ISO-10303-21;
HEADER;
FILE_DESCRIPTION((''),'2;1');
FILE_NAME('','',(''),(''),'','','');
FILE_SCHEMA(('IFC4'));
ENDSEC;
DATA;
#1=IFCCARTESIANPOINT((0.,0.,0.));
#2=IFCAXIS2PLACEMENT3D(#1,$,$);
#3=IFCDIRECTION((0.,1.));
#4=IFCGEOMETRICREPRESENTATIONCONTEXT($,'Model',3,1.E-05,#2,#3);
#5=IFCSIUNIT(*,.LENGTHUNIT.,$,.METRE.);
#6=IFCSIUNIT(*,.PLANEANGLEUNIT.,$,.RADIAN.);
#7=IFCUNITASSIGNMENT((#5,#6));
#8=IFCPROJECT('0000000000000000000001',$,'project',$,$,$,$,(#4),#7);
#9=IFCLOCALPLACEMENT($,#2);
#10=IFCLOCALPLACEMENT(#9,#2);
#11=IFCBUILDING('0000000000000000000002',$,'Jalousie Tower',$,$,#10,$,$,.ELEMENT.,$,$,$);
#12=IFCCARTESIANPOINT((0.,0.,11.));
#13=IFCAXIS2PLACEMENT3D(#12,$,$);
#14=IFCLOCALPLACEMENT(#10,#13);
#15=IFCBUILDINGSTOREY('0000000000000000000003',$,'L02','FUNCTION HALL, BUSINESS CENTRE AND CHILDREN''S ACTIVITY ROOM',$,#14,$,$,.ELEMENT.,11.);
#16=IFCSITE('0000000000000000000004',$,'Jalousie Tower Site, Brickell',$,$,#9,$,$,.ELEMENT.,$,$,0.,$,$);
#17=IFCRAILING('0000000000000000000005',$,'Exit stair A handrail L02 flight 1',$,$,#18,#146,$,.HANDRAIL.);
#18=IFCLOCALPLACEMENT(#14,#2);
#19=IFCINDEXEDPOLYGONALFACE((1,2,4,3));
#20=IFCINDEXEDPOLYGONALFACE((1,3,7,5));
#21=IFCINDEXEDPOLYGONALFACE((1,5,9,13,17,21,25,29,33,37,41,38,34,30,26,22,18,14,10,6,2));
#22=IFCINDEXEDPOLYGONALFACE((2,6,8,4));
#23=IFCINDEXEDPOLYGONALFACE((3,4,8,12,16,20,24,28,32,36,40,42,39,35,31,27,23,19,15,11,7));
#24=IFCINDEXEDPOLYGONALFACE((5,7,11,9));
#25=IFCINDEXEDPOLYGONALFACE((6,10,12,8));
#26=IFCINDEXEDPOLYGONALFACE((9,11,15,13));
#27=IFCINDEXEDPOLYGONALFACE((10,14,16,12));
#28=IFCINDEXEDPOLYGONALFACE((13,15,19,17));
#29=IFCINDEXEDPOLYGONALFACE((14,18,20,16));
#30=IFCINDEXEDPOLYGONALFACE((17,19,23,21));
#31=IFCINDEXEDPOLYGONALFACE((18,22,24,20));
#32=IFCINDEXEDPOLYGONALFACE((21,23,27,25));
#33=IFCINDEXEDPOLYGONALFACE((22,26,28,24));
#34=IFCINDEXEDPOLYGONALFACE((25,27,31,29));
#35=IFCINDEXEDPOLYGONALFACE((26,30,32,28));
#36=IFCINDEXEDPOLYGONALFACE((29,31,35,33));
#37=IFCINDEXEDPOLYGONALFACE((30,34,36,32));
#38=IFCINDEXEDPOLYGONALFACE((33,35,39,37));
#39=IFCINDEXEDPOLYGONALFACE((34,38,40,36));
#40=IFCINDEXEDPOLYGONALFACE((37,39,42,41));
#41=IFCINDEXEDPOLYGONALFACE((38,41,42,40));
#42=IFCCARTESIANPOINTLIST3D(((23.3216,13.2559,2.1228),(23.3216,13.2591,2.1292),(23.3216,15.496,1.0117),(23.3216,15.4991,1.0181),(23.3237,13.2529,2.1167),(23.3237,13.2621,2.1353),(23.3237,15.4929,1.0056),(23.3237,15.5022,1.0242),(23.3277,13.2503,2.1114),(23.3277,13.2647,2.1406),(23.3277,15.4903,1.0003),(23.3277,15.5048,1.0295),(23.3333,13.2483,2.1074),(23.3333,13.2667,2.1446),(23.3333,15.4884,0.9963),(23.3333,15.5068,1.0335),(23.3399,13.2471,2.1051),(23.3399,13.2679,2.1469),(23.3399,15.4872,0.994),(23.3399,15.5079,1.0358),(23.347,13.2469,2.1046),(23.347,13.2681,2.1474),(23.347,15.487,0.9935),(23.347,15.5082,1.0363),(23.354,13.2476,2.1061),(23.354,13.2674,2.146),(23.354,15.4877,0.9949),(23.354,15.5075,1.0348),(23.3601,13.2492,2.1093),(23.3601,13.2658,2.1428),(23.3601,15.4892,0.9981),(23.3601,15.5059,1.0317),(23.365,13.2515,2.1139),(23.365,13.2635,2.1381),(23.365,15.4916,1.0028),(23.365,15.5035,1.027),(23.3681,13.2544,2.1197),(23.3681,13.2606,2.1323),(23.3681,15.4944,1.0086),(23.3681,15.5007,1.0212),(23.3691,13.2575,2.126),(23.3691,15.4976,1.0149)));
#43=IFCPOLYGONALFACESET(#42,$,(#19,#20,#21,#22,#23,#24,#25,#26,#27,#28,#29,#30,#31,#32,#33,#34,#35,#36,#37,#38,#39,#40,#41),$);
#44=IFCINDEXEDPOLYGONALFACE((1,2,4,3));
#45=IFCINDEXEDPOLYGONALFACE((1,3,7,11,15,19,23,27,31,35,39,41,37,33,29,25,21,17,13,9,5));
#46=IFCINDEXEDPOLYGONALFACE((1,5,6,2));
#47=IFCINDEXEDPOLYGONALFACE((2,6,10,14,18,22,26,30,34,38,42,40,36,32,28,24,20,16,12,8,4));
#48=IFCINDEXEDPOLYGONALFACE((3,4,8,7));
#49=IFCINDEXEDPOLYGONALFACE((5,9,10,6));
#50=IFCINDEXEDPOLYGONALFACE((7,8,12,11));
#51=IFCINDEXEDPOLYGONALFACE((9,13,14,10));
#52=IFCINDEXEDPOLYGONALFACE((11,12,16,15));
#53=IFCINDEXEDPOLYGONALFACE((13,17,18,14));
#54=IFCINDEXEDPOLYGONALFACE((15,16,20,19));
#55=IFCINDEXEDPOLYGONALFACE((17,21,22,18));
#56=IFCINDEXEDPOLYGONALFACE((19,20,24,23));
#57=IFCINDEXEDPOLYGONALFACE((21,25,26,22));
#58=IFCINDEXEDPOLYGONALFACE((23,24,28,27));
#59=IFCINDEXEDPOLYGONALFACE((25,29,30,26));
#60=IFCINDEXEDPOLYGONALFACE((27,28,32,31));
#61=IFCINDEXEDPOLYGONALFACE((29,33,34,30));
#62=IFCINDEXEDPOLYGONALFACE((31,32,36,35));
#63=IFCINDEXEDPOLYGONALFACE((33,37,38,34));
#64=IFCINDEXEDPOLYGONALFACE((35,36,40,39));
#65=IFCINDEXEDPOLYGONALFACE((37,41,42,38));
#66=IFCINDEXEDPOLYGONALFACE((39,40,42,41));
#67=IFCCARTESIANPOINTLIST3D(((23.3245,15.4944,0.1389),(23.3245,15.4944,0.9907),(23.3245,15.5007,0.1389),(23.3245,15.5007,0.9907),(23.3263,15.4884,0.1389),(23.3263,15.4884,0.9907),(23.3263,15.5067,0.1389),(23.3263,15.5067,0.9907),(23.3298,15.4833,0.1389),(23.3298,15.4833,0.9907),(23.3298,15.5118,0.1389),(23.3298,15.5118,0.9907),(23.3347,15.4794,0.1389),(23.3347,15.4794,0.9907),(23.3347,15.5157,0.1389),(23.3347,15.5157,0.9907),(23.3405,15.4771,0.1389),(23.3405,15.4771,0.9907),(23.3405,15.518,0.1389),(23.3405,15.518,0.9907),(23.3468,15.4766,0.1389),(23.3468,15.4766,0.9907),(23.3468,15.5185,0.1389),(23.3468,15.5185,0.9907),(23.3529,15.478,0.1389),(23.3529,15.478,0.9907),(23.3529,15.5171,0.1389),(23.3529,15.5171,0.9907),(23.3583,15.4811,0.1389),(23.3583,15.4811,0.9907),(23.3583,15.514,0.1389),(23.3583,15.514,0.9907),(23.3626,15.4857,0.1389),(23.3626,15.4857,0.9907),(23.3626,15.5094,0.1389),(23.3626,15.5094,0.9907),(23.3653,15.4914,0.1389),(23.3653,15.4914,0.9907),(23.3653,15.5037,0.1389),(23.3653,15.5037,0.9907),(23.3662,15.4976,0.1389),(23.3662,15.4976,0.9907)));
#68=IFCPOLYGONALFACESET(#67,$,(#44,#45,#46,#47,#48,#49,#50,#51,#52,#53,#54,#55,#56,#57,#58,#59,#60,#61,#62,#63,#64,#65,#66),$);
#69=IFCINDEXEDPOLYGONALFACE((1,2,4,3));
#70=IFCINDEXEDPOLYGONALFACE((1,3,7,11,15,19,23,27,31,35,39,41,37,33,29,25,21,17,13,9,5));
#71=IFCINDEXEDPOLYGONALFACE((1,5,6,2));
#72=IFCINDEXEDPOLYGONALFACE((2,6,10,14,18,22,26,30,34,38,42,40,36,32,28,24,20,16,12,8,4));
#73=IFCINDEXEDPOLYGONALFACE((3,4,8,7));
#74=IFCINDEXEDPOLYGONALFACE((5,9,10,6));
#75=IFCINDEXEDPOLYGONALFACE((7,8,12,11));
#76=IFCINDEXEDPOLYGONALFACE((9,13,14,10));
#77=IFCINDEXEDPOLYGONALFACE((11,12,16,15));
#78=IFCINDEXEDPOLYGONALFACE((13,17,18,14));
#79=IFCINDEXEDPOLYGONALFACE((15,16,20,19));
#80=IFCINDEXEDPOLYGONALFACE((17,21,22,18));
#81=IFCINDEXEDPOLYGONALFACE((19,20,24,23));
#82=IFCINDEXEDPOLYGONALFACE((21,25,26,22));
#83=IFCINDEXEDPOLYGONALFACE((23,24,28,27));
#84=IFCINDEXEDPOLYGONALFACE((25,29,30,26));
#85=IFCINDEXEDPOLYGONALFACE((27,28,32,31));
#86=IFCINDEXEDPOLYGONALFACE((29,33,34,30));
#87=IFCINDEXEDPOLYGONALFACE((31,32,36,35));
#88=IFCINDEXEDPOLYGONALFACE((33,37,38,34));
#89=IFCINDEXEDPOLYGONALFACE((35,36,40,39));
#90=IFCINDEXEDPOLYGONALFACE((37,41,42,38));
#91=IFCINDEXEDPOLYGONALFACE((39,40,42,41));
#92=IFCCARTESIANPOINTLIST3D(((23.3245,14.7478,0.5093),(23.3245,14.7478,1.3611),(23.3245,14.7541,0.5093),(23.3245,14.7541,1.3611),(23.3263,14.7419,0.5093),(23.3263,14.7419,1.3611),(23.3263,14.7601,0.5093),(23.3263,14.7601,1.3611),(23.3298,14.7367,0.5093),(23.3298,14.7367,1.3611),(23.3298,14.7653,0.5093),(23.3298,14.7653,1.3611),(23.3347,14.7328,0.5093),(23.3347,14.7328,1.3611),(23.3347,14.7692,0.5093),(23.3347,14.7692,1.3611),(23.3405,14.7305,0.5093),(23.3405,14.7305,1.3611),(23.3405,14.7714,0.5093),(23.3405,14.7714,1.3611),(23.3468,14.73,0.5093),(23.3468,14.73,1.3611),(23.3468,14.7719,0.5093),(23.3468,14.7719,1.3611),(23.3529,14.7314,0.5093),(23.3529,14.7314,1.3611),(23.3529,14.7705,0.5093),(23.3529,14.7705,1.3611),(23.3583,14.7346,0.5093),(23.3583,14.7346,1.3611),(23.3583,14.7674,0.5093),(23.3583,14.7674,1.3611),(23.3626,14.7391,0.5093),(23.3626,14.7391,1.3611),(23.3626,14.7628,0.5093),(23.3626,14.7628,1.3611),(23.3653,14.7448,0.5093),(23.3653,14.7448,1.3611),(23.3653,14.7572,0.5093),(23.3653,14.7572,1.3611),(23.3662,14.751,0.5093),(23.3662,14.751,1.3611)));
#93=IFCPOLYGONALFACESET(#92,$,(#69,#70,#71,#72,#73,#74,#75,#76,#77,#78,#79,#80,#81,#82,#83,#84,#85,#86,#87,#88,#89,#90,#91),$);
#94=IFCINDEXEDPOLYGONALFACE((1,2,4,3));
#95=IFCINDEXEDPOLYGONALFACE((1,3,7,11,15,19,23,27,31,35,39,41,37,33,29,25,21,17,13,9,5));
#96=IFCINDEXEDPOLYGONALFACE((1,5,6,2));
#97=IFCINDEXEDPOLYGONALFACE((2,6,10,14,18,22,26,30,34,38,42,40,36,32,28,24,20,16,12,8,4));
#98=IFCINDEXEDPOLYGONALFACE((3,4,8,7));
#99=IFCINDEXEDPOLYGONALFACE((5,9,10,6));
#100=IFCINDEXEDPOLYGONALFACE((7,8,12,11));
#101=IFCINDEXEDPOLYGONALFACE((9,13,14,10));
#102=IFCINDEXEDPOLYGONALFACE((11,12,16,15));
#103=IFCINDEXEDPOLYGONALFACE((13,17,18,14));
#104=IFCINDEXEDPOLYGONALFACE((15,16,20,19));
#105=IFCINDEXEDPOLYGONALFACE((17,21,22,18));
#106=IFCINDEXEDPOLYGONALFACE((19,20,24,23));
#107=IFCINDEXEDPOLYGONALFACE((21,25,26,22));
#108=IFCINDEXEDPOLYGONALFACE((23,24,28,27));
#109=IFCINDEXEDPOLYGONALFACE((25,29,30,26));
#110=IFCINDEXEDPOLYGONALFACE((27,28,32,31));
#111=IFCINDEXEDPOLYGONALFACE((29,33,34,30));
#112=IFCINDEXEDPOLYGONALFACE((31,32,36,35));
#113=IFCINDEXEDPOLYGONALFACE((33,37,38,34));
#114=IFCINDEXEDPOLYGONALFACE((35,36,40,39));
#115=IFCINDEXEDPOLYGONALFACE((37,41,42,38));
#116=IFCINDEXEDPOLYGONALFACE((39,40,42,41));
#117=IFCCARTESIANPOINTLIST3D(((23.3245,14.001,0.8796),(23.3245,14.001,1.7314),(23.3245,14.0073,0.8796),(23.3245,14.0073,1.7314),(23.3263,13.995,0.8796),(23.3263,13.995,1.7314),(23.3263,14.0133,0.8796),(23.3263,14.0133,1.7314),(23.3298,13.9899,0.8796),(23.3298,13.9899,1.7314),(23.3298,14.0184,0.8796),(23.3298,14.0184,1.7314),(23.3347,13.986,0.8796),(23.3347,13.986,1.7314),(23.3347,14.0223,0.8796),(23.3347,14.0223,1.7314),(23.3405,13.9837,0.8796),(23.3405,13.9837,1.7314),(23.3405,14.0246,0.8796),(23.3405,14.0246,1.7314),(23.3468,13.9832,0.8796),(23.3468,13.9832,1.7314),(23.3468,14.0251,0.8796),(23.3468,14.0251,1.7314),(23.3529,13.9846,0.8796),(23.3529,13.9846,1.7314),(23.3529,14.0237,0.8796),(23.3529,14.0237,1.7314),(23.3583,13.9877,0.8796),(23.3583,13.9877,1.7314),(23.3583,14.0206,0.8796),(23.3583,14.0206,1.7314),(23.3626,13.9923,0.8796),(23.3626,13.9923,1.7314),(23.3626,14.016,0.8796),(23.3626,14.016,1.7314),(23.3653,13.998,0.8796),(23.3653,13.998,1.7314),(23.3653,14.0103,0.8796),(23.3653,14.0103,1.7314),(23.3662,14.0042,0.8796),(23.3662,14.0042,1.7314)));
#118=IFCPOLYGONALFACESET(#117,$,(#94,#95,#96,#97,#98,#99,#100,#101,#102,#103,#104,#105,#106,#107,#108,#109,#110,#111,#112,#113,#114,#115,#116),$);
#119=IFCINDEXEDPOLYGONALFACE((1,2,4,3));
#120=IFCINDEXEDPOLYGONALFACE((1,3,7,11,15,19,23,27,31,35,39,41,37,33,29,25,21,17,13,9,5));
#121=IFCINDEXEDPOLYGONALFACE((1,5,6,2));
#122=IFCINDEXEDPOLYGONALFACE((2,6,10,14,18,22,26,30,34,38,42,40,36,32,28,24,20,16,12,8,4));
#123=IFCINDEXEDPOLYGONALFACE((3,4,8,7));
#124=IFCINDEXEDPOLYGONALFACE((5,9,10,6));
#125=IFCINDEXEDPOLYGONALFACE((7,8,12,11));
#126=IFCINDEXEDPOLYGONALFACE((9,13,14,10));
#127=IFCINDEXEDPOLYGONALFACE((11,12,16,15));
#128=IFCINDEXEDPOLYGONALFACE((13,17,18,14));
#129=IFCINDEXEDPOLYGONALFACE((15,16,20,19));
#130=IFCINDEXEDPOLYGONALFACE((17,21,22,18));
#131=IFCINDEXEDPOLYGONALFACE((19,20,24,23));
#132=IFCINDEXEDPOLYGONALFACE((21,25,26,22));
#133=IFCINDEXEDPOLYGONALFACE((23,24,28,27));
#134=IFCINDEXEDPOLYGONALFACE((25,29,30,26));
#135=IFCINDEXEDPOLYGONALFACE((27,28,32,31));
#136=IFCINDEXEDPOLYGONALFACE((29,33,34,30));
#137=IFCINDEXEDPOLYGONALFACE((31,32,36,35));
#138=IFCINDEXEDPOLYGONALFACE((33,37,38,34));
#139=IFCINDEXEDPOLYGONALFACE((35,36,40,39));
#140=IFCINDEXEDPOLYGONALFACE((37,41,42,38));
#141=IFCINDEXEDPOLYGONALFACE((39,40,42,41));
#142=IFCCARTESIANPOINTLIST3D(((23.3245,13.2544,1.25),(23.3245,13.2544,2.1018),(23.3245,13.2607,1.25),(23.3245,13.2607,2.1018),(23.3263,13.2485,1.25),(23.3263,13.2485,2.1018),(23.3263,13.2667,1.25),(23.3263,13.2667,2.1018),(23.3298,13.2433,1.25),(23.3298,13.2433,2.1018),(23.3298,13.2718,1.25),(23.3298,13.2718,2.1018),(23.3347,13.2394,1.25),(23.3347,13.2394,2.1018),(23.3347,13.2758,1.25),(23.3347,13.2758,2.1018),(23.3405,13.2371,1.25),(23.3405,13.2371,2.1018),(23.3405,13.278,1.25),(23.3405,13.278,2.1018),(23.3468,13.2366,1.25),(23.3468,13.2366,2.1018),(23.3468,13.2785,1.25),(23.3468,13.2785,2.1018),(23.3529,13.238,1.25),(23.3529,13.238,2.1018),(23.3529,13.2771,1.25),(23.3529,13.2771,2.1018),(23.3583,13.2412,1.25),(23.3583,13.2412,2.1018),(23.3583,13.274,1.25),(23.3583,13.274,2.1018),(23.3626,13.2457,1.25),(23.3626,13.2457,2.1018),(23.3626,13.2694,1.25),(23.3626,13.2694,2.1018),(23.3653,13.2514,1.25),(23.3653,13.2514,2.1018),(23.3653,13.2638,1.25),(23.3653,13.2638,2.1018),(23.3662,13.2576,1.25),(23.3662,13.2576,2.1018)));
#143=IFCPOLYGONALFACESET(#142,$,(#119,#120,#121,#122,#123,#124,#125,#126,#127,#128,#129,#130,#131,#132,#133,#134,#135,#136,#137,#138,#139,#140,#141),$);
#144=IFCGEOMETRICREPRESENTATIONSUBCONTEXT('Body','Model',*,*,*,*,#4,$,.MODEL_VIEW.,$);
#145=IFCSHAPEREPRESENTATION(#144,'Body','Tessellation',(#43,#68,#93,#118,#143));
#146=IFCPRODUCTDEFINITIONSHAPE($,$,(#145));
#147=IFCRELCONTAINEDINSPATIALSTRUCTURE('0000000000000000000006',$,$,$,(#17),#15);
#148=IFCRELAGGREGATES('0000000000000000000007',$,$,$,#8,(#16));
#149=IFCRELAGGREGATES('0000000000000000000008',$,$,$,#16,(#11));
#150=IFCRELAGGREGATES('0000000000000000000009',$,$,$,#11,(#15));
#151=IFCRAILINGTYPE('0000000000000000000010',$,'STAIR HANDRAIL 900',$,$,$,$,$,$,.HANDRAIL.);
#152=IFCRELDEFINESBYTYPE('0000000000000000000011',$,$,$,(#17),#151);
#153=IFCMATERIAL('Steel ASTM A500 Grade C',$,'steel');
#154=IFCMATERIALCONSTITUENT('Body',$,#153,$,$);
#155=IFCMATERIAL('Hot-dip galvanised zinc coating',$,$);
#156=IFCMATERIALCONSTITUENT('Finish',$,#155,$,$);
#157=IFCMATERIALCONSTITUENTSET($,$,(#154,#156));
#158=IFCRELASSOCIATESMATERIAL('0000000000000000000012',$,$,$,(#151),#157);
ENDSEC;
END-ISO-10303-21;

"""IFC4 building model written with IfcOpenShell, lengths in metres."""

from ifc_helpers import new_model, si_unit, direction, frame, origin, origin_2d, place, context, subcontext, project, spatial, circle, extrude, material, constituent, constituent_set, type_object, element, save


model = new_model("IFC4")

# Units and contexts
model_context = context("Model", 3, precision=1e-05, world=origin(), true_north=direction((0.0, 1.0)))
body_context = subcontext(model_context, "Body", "Model", "MODEL_VIEW")
ifc_project = project(units=[si_unit("LENGTHUNIT", "METRE"), si_unit("PLANEANGLEUNIT", "RADIAN")], contexts=[model_context])

# Site, building, storey
site_placement = place(None, origin())
site = spatial("IfcSite", under=ifc_project, at=site_placement, Name="Jalousie Tower Site, Brickell", CompositionType="ELEMENT", RefElevation=0.0)
building_placement = place(site_placement, origin())
building = spatial("IfcBuilding", under=site, at=building_placement, Name="Jalousie Tower", CompositionType="ELEMENT")
storey_placement = place(building_placement, frame((0.0, 0.0, 11.0)))
storey = spatial("IfcBuildingStorey", under=building, at=storey_placement, Name="L02", Description="FUNCTION HALL, BUSINESS CENTRE AND CHILDREN'S ACTIVITY ROOM", CompositionType="ELEMENT", Elevation=11.0)

# Railing
ifc_material_1 = material(Name="Steel ASTM A500 Grade C", Category="steel")
ifc_constituent_1 = constituent(ifc_material_1, Name="Body")
ifc_material_2 = material(Name="Hot-dip galvanised zinc coating")
ifc_constituent_2 = constituent(ifc_material_2, Name="Finish")
ifc_constituent_set_1 = constituent_set(constituents=[ifc_constituent_1, ifc_constituent_2])
railing_type_1 = type_object("IfcRailingType", Name="STAIR HANDRAIL 900", PredefinedType="HANDRAIL", material=ifc_constituent_set_1)
railing_1_placement = place(storey_placement, frame((23.3452, 15.4976, 0.1389)))
element("IfcRailing", 1, at=railing_1_placement, inside=storey, type_object=railing_type_1, Name="Exit stair A handrail L02 flight 1", PredefinedType="HANDRAIL", context=body_context, shape_type="SweptSolid", body=[
    extrude(circle(Radius=0.0239, at=origin_2d()), frame((0.0, 0.0, 0.876), z_axis=(0.0, -0.895848, 0.44436), x_axis=(1.0, 0.0, 0.0)), (0.0, 0.0, 1.0), 2.5005),
    extrude(circle(Radius=0.021, at=origin_2d()), origin(), (0.0, 0.0, 1.0), 0.8518),
    extrude(circle(Radius=0.021, at=origin_2d()), frame((0.0, -0.7466, 0.3704)), (0.0, 0.0, 1.0), 0.8518),
    extrude(circle(Radius=0.021, at=origin_2d()), frame((0.0, -1.4934, 0.7407)), (0.0, 0.0, 1.0), 0.8518),
    extrude(circle(Radius=0.021, at=origin_2d()), frame((0.0, -2.24, 1.1111)), (0.0, 0.0, 1.0), 0.8518),
])

save(model, "model.ifc")
